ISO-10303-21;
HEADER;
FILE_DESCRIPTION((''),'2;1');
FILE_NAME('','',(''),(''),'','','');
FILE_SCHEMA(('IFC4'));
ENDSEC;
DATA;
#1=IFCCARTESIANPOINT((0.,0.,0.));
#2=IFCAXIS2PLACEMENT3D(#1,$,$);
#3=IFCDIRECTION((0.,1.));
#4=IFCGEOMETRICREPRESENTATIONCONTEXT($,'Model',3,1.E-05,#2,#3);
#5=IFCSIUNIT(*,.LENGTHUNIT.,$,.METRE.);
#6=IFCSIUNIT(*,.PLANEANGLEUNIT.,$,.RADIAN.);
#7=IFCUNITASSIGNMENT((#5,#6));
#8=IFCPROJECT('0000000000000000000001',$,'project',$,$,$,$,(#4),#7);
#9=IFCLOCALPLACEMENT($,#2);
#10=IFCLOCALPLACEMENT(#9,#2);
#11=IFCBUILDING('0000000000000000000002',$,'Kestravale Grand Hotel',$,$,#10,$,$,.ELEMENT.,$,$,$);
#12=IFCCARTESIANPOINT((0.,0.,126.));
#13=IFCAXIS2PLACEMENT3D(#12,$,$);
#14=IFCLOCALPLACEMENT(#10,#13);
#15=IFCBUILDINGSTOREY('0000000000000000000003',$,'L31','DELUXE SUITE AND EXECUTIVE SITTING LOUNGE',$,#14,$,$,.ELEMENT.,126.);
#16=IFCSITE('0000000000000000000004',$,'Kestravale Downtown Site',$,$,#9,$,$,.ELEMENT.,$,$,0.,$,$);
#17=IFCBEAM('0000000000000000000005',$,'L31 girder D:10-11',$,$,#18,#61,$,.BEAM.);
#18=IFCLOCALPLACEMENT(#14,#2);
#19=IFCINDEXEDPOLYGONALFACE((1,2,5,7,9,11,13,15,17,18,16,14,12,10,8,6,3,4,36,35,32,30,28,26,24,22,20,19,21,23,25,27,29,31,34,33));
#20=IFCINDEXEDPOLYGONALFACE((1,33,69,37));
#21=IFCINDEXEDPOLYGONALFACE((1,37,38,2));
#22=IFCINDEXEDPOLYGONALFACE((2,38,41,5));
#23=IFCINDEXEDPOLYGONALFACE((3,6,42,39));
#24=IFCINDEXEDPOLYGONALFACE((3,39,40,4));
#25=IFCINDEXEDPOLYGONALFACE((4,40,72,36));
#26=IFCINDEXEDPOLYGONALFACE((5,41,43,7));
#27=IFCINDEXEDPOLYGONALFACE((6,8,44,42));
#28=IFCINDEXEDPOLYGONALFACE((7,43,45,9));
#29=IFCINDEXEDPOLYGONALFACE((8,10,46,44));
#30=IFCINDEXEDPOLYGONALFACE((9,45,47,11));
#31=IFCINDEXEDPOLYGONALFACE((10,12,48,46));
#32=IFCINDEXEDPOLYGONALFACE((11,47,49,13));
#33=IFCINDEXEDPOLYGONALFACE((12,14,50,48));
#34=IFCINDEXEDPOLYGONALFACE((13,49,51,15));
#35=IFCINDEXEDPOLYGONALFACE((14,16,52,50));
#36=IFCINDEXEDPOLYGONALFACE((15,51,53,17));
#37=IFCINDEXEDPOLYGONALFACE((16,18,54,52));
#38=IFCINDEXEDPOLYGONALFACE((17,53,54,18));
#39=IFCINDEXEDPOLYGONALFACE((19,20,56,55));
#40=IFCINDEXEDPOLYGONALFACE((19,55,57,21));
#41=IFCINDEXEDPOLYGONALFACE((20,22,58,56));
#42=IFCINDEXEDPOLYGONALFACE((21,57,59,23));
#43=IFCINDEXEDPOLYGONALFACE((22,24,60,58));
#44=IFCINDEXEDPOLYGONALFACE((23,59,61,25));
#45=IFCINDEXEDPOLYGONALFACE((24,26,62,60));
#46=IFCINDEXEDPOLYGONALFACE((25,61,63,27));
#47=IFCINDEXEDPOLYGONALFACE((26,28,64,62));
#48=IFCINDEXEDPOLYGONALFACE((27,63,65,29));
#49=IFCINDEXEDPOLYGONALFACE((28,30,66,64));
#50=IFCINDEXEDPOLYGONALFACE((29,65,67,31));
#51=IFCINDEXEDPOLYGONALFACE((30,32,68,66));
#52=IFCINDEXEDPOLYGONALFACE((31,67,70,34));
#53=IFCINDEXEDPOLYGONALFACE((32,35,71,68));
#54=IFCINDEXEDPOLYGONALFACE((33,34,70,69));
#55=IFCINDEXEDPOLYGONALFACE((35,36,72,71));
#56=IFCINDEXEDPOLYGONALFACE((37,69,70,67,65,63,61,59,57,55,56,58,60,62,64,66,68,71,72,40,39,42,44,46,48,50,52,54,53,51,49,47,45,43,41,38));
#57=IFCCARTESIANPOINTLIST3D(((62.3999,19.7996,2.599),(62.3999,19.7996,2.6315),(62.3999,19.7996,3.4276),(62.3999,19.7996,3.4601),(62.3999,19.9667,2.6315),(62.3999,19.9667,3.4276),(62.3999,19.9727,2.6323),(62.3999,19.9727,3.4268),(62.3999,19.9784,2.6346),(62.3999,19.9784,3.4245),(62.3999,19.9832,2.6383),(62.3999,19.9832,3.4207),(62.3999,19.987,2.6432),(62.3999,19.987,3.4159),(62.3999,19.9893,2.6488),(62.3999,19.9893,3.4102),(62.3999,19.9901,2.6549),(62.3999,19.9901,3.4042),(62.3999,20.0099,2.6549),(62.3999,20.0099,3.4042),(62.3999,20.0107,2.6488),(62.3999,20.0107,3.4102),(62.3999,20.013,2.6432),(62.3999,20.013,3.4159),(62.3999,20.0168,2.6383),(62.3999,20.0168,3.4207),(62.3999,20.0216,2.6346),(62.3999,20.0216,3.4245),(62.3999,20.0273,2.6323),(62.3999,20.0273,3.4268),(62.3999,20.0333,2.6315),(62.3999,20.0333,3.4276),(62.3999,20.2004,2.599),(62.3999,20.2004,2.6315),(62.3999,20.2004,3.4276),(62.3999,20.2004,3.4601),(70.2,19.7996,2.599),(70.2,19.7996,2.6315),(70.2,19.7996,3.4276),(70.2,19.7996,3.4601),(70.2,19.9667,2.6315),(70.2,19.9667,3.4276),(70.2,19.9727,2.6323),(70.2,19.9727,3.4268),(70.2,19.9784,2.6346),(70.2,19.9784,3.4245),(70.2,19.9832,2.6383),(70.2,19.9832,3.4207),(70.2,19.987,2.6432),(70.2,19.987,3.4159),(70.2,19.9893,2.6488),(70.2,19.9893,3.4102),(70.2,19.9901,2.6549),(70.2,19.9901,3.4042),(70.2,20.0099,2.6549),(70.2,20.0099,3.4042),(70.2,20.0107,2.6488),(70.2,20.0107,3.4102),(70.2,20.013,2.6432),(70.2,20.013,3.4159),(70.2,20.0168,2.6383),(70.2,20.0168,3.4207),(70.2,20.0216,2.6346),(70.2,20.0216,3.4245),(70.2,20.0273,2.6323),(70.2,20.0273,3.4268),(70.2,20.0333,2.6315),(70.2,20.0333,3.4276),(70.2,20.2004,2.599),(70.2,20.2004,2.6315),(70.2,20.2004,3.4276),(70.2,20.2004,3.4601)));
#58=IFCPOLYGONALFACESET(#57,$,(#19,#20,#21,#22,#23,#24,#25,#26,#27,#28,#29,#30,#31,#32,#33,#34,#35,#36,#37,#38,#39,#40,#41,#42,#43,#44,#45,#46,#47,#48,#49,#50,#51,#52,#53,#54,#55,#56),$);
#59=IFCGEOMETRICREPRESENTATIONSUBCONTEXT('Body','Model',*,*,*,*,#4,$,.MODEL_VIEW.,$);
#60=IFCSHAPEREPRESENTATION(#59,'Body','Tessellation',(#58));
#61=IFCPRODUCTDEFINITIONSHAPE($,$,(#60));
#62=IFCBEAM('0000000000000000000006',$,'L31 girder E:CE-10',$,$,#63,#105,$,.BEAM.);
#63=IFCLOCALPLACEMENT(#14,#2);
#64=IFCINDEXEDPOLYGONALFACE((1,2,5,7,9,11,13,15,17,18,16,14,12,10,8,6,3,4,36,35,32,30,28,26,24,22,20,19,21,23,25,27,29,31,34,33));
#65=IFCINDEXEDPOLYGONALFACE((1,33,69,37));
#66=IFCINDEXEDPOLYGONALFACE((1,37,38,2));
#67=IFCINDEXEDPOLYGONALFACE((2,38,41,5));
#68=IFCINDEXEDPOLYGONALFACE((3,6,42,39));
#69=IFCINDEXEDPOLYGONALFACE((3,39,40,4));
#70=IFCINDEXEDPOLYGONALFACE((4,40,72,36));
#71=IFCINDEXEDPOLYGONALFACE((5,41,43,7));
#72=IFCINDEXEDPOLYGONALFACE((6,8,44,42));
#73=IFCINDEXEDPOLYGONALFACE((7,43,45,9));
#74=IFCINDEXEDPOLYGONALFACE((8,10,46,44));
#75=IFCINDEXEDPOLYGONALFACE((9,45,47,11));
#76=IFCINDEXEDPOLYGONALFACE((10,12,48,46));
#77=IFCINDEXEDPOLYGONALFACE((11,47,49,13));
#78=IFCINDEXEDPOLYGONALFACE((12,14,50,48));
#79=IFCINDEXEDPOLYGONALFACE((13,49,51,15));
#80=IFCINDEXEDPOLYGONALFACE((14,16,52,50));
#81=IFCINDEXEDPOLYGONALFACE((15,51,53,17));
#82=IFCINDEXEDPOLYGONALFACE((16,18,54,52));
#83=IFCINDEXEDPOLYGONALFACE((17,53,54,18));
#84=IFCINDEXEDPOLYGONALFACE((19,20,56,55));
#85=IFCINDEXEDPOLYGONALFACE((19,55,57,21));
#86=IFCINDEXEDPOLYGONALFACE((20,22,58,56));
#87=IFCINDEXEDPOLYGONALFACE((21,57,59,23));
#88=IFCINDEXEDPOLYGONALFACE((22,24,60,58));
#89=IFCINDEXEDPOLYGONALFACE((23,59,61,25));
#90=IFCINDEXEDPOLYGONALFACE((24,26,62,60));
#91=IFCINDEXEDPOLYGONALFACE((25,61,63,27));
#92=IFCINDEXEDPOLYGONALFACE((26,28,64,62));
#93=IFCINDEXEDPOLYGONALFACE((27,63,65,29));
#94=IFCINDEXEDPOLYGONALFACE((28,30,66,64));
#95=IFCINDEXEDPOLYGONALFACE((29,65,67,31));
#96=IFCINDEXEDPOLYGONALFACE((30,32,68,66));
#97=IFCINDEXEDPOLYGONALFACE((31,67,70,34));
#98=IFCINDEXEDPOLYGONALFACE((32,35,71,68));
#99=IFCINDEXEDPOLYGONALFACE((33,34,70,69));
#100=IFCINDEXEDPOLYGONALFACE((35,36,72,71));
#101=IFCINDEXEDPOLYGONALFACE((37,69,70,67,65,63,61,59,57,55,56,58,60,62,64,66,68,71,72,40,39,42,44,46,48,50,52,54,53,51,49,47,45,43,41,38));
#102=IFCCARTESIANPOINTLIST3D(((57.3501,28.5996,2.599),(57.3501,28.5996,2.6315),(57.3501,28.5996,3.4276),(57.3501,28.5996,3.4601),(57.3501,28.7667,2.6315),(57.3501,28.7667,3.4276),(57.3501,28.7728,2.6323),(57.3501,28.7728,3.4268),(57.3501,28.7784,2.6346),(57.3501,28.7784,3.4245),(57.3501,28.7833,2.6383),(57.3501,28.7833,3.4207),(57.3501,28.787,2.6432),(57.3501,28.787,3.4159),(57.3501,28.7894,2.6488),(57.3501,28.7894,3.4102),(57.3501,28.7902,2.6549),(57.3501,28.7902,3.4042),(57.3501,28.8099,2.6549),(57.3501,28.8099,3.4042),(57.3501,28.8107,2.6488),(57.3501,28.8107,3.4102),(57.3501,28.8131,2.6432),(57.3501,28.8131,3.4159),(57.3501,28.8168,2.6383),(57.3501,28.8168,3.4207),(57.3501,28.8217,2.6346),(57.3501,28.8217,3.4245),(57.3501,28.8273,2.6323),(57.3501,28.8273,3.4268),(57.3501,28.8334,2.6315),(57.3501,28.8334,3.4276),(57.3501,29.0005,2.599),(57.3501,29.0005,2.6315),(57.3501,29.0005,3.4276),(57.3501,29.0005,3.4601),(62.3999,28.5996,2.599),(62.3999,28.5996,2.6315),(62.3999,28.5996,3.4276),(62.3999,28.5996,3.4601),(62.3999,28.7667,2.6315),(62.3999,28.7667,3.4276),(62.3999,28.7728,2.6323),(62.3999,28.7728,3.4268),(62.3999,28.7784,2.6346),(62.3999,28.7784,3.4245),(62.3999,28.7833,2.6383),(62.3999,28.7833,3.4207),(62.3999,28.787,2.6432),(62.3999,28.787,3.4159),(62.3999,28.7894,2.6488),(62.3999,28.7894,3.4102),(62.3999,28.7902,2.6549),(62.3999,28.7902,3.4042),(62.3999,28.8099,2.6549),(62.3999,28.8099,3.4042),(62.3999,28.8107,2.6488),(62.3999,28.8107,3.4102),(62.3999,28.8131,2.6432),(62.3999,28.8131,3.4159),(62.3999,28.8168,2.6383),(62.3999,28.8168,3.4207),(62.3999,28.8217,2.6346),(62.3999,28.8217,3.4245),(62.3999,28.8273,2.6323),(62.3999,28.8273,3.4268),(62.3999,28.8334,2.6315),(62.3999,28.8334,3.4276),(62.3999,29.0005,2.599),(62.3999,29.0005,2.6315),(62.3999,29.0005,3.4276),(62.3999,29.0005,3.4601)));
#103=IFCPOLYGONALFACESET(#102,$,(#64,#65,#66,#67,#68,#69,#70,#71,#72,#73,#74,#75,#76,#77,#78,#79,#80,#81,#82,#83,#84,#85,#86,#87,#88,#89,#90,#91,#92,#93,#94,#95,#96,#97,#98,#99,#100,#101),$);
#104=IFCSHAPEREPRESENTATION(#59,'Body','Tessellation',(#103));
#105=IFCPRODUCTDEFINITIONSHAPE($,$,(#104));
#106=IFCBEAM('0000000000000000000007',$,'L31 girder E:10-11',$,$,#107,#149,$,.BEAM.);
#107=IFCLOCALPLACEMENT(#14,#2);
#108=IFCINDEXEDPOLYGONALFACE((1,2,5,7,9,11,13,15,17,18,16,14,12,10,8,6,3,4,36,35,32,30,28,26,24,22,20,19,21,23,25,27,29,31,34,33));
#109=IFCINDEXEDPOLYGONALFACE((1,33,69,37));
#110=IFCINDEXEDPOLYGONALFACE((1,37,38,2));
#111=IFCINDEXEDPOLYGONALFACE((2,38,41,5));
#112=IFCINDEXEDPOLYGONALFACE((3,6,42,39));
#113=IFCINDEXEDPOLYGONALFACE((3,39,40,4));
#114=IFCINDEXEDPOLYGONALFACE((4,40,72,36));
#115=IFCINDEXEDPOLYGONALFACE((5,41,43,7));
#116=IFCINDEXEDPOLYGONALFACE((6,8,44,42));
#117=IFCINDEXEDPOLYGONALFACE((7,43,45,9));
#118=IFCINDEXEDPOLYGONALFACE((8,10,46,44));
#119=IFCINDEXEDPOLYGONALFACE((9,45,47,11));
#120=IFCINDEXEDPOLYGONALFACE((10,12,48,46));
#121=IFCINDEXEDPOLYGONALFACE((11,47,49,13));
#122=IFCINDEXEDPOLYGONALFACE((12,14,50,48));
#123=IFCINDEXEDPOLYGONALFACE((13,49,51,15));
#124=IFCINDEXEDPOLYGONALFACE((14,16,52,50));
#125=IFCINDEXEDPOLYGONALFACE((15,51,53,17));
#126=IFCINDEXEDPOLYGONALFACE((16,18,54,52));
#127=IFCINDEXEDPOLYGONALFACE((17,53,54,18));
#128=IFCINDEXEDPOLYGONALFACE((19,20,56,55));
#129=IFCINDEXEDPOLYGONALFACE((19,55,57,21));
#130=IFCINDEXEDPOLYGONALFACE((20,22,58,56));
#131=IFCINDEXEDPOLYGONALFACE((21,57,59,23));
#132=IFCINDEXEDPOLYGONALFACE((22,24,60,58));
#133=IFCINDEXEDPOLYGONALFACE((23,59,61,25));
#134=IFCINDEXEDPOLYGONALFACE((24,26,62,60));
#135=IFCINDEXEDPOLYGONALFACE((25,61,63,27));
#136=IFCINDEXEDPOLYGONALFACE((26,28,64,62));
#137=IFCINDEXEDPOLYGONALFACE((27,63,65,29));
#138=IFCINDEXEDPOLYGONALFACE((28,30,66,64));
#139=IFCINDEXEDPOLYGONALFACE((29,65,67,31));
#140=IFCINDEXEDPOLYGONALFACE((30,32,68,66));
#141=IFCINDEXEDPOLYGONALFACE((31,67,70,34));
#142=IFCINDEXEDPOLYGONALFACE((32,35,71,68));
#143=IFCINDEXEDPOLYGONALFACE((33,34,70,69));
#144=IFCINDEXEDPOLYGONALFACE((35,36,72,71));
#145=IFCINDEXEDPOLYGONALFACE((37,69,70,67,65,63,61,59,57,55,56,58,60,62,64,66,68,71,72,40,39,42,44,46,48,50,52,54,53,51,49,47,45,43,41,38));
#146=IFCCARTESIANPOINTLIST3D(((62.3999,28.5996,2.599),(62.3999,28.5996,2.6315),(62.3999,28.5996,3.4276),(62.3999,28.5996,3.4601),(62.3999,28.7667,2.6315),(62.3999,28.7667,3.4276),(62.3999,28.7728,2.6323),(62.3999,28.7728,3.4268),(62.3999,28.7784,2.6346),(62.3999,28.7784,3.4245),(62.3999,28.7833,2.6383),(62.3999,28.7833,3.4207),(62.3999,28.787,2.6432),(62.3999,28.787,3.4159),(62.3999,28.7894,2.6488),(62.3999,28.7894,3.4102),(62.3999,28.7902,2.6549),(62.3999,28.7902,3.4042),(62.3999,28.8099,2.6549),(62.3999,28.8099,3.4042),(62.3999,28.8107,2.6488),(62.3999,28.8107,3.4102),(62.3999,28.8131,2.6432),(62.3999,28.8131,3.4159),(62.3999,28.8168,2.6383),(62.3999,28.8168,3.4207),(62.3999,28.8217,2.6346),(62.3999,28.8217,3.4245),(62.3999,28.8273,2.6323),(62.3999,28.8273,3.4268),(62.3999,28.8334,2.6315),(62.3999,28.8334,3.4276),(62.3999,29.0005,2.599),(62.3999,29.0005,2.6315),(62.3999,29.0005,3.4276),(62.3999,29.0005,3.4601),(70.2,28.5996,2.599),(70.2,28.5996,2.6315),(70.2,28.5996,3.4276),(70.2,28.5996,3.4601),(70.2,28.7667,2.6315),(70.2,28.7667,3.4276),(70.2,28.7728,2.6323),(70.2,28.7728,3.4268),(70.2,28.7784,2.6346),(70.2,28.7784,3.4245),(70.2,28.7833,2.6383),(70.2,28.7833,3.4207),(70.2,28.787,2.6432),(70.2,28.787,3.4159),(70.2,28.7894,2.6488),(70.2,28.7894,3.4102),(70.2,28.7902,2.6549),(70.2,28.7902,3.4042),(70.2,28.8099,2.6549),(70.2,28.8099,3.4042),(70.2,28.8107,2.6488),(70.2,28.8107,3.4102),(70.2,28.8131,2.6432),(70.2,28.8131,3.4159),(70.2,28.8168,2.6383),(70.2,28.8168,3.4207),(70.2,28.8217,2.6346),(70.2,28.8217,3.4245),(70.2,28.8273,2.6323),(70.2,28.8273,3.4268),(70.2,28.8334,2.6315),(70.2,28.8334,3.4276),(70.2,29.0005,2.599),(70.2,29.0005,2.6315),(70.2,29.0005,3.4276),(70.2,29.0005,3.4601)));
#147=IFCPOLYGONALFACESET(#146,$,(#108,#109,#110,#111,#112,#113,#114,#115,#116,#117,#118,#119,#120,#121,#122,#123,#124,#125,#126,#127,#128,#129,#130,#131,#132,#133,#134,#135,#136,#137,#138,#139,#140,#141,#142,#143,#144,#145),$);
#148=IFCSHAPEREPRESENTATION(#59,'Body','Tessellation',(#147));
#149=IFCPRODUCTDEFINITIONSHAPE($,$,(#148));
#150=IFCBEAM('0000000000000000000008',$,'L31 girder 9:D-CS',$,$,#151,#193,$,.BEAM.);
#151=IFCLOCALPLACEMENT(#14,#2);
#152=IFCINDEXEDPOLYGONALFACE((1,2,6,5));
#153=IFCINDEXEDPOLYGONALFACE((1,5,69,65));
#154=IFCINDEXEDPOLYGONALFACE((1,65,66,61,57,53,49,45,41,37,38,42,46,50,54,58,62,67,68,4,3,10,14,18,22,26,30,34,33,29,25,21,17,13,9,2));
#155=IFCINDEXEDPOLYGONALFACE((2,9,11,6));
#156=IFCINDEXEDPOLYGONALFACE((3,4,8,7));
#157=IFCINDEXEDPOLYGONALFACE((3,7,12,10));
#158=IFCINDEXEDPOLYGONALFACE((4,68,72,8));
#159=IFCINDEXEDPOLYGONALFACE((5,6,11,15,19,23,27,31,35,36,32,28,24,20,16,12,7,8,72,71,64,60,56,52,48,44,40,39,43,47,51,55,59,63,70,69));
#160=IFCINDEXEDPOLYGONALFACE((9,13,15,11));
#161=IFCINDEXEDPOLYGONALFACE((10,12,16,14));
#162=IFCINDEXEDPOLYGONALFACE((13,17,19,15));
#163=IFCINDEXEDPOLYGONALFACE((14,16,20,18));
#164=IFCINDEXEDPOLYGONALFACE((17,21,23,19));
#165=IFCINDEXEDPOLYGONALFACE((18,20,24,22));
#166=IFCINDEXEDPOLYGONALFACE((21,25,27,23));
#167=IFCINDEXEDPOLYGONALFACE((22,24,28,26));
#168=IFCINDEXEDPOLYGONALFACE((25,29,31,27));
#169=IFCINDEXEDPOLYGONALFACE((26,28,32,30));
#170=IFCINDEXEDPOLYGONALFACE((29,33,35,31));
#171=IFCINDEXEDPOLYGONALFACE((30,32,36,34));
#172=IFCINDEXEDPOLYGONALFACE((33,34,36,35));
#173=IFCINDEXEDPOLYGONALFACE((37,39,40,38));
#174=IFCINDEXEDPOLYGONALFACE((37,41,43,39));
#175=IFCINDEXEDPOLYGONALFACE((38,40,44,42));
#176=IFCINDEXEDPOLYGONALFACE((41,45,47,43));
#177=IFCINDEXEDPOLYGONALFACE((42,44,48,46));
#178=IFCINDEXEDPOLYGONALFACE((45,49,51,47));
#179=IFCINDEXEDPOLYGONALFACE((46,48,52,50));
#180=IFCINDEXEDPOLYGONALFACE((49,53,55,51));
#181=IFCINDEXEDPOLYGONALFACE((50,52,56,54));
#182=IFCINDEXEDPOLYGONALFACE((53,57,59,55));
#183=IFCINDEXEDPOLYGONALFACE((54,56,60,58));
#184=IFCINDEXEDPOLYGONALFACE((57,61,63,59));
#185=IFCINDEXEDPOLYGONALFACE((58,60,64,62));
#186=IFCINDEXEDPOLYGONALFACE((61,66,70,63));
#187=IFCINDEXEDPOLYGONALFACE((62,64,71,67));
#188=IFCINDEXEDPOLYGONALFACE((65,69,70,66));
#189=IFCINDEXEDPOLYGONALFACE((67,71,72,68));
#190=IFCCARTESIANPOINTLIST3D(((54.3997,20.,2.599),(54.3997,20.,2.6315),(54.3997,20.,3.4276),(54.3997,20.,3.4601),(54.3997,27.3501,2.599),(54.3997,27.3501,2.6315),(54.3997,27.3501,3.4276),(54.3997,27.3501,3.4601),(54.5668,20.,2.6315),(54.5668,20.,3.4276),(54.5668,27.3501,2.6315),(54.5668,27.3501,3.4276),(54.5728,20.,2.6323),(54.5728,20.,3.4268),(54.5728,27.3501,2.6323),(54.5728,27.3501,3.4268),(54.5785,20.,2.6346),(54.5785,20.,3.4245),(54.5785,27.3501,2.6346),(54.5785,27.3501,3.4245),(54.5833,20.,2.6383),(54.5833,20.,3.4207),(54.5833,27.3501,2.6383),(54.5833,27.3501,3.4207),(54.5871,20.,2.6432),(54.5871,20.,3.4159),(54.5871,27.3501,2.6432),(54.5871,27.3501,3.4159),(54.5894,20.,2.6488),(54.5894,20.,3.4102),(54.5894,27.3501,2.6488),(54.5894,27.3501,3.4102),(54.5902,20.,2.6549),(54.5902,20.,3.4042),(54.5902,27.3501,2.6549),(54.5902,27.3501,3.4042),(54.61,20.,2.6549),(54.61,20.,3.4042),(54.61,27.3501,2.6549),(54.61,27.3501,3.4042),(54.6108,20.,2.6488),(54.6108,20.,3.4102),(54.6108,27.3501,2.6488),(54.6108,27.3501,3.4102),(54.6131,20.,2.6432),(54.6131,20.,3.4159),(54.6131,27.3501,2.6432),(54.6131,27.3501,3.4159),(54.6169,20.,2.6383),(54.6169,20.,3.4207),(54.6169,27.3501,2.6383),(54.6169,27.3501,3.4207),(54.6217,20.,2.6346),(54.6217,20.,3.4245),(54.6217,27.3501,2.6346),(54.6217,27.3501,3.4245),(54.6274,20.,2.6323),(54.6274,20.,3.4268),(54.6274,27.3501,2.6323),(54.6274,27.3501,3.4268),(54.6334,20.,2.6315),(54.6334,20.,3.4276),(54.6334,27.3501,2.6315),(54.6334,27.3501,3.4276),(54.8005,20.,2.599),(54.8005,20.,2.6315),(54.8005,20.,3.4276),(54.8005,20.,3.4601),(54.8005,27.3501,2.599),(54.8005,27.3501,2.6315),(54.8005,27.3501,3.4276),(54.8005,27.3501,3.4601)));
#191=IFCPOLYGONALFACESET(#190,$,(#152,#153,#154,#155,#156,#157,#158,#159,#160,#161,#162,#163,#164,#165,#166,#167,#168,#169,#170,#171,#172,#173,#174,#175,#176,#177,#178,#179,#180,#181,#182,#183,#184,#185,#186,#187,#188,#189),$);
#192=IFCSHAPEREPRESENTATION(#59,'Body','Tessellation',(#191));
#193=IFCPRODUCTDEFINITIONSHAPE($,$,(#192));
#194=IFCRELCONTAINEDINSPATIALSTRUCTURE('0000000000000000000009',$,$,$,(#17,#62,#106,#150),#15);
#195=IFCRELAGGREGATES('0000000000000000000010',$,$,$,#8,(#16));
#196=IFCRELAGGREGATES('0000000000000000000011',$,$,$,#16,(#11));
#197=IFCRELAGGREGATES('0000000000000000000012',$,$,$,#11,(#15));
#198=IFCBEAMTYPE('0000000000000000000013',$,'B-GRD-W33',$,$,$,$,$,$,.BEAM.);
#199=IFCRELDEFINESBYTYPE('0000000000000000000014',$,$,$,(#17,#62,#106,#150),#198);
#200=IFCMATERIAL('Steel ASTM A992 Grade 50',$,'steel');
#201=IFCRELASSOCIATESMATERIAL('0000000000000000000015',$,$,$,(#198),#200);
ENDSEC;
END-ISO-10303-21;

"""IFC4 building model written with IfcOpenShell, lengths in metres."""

from ifc_helpers import new_model, si_unit, direction, frame, origin, origin_2d, place, context, subcontext, project, spatial, i_section, extrude, material, material_profile, profile_set, type_object, element, save


model = new_model("IFC4")

# Units and contexts
model_context = context("Model", 3, precision=1e-05, world=origin(), true_north=direction((0.0, 1.0)))
body_context = subcontext(model_context, "Body", "Model", "MODEL_VIEW")
ifc_project = project(units=[si_unit("LENGTHUNIT", "METRE"), si_unit("PLANEANGLEUNIT", "RADIAN")], contexts=[model_context])

# Site, building, storey
site_placement = place(None, origin())
site = spatial("IfcSite", under=ifc_project, at=site_placement, Name="Kestravale Downtown Site", CompositionType="ELEMENT", RefElevation=0.0)
building_placement = place(site_placement, origin())
building = spatial("IfcBuilding", under=site, at=building_placement, Name="Kestravale Grand Hotel", CompositionType="ELEMENT")
storey_placement = place(building_placement, frame((0.0, 0.0, 126.0)))
storey = spatial("IfcBuildingStorey", under=building, at=storey_placement, Name="L31", Description="DELUXE SUITE AND EXECUTIVE SITTING LOUNGE", CompositionType="ELEMENT", Elevation=126.0)

# Beams
ifc_material_1 = material(Name="Steel ASTM A992 Grade 50", Category="steel")
ifc_material_profile_1 = material_profile(ifc_material_1, i_section(OverallWidth=0.4009, OverallDepth=0.8611, WebThickness=0.0198, FlangeThickness=0.0325, FilletRadius=0.0234, at=origin_2d()))
ifc_profile_set_1 = profile_set([ifc_material_profile_1], Name="Steel ASTM A992 Grade 50")
beam_type_1 = type_object("IfcBeamType", Name="B-GRD-W33", PredefinedType="BEAM", material=ifc_profile_set_1)
beam_1_placement = place(storey_placement, frame((62.3999, 20.0, 3.0295), z_axis=(1.0, 0.0, 0.0), x_axis=(0.0, 1.0, 0.0)))
element("IfcBeam", 1, at=beam_1_placement, inside=storey, type_object=beam_type_1, Name="L31 girder D:10-11", PredefinedType="BEAM", context=body_context, shape_type="SweptSolid", body=[
    extrude(i_section(OverallWidth=0.4009, OverallDepth=0.8611, WebThickness=0.0198, FlangeThickness=0.0325, FilletRadius=0.0234, at=origin_2d()), origin(), (0.0, 0.0, 1.0), 7.8),
])
beam_2_placement = place(storey_placement, frame((57.3501, 28.8, 3.0295), z_axis=(1.0, 0.0, 0.0), x_axis=(0.0, 1.0, 0.0)))
element("IfcBeam", 2, at=beam_2_placement, inside=storey, type_object=beam_type_1, Name="L31 girder E:CE-10", PredefinedType="BEAM", context=body_context, shape_type="SweptSolid", body=[
    extrude(i_section(OverallWidth=0.4009, OverallDepth=0.8611, WebThickness=0.0198, FlangeThickness=0.0325, FilletRadius=0.0234, at=origin_2d()), origin(), (0.0, 0.0, 1.0), 5.0498),
])
beam_3_placement = place(storey_placement, frame((62.3999, 28.8, 3.0295), z_axis=(1.0, 0.0, 0.0), x_axis=(0.0, 1.0, 0.0)))
element("IfcBeam", 3, at=beam_3_placement, inside=storey, type_object=beam_type_1, Name="L31 girder E:10-11", PredefinedType="BEAM", context=body_context, shape_type="SweptSolid", body=[
    extrude(i_section(OverallWidth=0.4009, OverallDepth=0.8611, WebThickness=0.0198, FlangeThickness=0.0325, FilletRadius=0.0234, at=origin_2d()), origin(), (0.0, 0.0, 1.0), 7.8),
])
beam_4_placement = place(storey_placement, frame((54.6001, 20.0, 3.0295), z_axis=(0.0, 1.0, 0.0), x_axis=(-1.0, 0.0, 0.0)))
element("IfcBeam", 4, at=beam_4_placement, inside=storey, type_object=beam_type_1, Name="L31 girder 9:D-CS", PredefinedType="BEAM", context=body_context, shape_type="SweptSolid", body=[
    extrude(i_section(OverallWidth=0.4009, OverallDepth=0.8611, WebThickness=0.0198, FlangeThickness=0.0325, FilletRadius=0.0234, at=origin_2d()), origin(), (0.0, 0.0, 1.0), 7.3501),
])

save(model, "model.ifc")
